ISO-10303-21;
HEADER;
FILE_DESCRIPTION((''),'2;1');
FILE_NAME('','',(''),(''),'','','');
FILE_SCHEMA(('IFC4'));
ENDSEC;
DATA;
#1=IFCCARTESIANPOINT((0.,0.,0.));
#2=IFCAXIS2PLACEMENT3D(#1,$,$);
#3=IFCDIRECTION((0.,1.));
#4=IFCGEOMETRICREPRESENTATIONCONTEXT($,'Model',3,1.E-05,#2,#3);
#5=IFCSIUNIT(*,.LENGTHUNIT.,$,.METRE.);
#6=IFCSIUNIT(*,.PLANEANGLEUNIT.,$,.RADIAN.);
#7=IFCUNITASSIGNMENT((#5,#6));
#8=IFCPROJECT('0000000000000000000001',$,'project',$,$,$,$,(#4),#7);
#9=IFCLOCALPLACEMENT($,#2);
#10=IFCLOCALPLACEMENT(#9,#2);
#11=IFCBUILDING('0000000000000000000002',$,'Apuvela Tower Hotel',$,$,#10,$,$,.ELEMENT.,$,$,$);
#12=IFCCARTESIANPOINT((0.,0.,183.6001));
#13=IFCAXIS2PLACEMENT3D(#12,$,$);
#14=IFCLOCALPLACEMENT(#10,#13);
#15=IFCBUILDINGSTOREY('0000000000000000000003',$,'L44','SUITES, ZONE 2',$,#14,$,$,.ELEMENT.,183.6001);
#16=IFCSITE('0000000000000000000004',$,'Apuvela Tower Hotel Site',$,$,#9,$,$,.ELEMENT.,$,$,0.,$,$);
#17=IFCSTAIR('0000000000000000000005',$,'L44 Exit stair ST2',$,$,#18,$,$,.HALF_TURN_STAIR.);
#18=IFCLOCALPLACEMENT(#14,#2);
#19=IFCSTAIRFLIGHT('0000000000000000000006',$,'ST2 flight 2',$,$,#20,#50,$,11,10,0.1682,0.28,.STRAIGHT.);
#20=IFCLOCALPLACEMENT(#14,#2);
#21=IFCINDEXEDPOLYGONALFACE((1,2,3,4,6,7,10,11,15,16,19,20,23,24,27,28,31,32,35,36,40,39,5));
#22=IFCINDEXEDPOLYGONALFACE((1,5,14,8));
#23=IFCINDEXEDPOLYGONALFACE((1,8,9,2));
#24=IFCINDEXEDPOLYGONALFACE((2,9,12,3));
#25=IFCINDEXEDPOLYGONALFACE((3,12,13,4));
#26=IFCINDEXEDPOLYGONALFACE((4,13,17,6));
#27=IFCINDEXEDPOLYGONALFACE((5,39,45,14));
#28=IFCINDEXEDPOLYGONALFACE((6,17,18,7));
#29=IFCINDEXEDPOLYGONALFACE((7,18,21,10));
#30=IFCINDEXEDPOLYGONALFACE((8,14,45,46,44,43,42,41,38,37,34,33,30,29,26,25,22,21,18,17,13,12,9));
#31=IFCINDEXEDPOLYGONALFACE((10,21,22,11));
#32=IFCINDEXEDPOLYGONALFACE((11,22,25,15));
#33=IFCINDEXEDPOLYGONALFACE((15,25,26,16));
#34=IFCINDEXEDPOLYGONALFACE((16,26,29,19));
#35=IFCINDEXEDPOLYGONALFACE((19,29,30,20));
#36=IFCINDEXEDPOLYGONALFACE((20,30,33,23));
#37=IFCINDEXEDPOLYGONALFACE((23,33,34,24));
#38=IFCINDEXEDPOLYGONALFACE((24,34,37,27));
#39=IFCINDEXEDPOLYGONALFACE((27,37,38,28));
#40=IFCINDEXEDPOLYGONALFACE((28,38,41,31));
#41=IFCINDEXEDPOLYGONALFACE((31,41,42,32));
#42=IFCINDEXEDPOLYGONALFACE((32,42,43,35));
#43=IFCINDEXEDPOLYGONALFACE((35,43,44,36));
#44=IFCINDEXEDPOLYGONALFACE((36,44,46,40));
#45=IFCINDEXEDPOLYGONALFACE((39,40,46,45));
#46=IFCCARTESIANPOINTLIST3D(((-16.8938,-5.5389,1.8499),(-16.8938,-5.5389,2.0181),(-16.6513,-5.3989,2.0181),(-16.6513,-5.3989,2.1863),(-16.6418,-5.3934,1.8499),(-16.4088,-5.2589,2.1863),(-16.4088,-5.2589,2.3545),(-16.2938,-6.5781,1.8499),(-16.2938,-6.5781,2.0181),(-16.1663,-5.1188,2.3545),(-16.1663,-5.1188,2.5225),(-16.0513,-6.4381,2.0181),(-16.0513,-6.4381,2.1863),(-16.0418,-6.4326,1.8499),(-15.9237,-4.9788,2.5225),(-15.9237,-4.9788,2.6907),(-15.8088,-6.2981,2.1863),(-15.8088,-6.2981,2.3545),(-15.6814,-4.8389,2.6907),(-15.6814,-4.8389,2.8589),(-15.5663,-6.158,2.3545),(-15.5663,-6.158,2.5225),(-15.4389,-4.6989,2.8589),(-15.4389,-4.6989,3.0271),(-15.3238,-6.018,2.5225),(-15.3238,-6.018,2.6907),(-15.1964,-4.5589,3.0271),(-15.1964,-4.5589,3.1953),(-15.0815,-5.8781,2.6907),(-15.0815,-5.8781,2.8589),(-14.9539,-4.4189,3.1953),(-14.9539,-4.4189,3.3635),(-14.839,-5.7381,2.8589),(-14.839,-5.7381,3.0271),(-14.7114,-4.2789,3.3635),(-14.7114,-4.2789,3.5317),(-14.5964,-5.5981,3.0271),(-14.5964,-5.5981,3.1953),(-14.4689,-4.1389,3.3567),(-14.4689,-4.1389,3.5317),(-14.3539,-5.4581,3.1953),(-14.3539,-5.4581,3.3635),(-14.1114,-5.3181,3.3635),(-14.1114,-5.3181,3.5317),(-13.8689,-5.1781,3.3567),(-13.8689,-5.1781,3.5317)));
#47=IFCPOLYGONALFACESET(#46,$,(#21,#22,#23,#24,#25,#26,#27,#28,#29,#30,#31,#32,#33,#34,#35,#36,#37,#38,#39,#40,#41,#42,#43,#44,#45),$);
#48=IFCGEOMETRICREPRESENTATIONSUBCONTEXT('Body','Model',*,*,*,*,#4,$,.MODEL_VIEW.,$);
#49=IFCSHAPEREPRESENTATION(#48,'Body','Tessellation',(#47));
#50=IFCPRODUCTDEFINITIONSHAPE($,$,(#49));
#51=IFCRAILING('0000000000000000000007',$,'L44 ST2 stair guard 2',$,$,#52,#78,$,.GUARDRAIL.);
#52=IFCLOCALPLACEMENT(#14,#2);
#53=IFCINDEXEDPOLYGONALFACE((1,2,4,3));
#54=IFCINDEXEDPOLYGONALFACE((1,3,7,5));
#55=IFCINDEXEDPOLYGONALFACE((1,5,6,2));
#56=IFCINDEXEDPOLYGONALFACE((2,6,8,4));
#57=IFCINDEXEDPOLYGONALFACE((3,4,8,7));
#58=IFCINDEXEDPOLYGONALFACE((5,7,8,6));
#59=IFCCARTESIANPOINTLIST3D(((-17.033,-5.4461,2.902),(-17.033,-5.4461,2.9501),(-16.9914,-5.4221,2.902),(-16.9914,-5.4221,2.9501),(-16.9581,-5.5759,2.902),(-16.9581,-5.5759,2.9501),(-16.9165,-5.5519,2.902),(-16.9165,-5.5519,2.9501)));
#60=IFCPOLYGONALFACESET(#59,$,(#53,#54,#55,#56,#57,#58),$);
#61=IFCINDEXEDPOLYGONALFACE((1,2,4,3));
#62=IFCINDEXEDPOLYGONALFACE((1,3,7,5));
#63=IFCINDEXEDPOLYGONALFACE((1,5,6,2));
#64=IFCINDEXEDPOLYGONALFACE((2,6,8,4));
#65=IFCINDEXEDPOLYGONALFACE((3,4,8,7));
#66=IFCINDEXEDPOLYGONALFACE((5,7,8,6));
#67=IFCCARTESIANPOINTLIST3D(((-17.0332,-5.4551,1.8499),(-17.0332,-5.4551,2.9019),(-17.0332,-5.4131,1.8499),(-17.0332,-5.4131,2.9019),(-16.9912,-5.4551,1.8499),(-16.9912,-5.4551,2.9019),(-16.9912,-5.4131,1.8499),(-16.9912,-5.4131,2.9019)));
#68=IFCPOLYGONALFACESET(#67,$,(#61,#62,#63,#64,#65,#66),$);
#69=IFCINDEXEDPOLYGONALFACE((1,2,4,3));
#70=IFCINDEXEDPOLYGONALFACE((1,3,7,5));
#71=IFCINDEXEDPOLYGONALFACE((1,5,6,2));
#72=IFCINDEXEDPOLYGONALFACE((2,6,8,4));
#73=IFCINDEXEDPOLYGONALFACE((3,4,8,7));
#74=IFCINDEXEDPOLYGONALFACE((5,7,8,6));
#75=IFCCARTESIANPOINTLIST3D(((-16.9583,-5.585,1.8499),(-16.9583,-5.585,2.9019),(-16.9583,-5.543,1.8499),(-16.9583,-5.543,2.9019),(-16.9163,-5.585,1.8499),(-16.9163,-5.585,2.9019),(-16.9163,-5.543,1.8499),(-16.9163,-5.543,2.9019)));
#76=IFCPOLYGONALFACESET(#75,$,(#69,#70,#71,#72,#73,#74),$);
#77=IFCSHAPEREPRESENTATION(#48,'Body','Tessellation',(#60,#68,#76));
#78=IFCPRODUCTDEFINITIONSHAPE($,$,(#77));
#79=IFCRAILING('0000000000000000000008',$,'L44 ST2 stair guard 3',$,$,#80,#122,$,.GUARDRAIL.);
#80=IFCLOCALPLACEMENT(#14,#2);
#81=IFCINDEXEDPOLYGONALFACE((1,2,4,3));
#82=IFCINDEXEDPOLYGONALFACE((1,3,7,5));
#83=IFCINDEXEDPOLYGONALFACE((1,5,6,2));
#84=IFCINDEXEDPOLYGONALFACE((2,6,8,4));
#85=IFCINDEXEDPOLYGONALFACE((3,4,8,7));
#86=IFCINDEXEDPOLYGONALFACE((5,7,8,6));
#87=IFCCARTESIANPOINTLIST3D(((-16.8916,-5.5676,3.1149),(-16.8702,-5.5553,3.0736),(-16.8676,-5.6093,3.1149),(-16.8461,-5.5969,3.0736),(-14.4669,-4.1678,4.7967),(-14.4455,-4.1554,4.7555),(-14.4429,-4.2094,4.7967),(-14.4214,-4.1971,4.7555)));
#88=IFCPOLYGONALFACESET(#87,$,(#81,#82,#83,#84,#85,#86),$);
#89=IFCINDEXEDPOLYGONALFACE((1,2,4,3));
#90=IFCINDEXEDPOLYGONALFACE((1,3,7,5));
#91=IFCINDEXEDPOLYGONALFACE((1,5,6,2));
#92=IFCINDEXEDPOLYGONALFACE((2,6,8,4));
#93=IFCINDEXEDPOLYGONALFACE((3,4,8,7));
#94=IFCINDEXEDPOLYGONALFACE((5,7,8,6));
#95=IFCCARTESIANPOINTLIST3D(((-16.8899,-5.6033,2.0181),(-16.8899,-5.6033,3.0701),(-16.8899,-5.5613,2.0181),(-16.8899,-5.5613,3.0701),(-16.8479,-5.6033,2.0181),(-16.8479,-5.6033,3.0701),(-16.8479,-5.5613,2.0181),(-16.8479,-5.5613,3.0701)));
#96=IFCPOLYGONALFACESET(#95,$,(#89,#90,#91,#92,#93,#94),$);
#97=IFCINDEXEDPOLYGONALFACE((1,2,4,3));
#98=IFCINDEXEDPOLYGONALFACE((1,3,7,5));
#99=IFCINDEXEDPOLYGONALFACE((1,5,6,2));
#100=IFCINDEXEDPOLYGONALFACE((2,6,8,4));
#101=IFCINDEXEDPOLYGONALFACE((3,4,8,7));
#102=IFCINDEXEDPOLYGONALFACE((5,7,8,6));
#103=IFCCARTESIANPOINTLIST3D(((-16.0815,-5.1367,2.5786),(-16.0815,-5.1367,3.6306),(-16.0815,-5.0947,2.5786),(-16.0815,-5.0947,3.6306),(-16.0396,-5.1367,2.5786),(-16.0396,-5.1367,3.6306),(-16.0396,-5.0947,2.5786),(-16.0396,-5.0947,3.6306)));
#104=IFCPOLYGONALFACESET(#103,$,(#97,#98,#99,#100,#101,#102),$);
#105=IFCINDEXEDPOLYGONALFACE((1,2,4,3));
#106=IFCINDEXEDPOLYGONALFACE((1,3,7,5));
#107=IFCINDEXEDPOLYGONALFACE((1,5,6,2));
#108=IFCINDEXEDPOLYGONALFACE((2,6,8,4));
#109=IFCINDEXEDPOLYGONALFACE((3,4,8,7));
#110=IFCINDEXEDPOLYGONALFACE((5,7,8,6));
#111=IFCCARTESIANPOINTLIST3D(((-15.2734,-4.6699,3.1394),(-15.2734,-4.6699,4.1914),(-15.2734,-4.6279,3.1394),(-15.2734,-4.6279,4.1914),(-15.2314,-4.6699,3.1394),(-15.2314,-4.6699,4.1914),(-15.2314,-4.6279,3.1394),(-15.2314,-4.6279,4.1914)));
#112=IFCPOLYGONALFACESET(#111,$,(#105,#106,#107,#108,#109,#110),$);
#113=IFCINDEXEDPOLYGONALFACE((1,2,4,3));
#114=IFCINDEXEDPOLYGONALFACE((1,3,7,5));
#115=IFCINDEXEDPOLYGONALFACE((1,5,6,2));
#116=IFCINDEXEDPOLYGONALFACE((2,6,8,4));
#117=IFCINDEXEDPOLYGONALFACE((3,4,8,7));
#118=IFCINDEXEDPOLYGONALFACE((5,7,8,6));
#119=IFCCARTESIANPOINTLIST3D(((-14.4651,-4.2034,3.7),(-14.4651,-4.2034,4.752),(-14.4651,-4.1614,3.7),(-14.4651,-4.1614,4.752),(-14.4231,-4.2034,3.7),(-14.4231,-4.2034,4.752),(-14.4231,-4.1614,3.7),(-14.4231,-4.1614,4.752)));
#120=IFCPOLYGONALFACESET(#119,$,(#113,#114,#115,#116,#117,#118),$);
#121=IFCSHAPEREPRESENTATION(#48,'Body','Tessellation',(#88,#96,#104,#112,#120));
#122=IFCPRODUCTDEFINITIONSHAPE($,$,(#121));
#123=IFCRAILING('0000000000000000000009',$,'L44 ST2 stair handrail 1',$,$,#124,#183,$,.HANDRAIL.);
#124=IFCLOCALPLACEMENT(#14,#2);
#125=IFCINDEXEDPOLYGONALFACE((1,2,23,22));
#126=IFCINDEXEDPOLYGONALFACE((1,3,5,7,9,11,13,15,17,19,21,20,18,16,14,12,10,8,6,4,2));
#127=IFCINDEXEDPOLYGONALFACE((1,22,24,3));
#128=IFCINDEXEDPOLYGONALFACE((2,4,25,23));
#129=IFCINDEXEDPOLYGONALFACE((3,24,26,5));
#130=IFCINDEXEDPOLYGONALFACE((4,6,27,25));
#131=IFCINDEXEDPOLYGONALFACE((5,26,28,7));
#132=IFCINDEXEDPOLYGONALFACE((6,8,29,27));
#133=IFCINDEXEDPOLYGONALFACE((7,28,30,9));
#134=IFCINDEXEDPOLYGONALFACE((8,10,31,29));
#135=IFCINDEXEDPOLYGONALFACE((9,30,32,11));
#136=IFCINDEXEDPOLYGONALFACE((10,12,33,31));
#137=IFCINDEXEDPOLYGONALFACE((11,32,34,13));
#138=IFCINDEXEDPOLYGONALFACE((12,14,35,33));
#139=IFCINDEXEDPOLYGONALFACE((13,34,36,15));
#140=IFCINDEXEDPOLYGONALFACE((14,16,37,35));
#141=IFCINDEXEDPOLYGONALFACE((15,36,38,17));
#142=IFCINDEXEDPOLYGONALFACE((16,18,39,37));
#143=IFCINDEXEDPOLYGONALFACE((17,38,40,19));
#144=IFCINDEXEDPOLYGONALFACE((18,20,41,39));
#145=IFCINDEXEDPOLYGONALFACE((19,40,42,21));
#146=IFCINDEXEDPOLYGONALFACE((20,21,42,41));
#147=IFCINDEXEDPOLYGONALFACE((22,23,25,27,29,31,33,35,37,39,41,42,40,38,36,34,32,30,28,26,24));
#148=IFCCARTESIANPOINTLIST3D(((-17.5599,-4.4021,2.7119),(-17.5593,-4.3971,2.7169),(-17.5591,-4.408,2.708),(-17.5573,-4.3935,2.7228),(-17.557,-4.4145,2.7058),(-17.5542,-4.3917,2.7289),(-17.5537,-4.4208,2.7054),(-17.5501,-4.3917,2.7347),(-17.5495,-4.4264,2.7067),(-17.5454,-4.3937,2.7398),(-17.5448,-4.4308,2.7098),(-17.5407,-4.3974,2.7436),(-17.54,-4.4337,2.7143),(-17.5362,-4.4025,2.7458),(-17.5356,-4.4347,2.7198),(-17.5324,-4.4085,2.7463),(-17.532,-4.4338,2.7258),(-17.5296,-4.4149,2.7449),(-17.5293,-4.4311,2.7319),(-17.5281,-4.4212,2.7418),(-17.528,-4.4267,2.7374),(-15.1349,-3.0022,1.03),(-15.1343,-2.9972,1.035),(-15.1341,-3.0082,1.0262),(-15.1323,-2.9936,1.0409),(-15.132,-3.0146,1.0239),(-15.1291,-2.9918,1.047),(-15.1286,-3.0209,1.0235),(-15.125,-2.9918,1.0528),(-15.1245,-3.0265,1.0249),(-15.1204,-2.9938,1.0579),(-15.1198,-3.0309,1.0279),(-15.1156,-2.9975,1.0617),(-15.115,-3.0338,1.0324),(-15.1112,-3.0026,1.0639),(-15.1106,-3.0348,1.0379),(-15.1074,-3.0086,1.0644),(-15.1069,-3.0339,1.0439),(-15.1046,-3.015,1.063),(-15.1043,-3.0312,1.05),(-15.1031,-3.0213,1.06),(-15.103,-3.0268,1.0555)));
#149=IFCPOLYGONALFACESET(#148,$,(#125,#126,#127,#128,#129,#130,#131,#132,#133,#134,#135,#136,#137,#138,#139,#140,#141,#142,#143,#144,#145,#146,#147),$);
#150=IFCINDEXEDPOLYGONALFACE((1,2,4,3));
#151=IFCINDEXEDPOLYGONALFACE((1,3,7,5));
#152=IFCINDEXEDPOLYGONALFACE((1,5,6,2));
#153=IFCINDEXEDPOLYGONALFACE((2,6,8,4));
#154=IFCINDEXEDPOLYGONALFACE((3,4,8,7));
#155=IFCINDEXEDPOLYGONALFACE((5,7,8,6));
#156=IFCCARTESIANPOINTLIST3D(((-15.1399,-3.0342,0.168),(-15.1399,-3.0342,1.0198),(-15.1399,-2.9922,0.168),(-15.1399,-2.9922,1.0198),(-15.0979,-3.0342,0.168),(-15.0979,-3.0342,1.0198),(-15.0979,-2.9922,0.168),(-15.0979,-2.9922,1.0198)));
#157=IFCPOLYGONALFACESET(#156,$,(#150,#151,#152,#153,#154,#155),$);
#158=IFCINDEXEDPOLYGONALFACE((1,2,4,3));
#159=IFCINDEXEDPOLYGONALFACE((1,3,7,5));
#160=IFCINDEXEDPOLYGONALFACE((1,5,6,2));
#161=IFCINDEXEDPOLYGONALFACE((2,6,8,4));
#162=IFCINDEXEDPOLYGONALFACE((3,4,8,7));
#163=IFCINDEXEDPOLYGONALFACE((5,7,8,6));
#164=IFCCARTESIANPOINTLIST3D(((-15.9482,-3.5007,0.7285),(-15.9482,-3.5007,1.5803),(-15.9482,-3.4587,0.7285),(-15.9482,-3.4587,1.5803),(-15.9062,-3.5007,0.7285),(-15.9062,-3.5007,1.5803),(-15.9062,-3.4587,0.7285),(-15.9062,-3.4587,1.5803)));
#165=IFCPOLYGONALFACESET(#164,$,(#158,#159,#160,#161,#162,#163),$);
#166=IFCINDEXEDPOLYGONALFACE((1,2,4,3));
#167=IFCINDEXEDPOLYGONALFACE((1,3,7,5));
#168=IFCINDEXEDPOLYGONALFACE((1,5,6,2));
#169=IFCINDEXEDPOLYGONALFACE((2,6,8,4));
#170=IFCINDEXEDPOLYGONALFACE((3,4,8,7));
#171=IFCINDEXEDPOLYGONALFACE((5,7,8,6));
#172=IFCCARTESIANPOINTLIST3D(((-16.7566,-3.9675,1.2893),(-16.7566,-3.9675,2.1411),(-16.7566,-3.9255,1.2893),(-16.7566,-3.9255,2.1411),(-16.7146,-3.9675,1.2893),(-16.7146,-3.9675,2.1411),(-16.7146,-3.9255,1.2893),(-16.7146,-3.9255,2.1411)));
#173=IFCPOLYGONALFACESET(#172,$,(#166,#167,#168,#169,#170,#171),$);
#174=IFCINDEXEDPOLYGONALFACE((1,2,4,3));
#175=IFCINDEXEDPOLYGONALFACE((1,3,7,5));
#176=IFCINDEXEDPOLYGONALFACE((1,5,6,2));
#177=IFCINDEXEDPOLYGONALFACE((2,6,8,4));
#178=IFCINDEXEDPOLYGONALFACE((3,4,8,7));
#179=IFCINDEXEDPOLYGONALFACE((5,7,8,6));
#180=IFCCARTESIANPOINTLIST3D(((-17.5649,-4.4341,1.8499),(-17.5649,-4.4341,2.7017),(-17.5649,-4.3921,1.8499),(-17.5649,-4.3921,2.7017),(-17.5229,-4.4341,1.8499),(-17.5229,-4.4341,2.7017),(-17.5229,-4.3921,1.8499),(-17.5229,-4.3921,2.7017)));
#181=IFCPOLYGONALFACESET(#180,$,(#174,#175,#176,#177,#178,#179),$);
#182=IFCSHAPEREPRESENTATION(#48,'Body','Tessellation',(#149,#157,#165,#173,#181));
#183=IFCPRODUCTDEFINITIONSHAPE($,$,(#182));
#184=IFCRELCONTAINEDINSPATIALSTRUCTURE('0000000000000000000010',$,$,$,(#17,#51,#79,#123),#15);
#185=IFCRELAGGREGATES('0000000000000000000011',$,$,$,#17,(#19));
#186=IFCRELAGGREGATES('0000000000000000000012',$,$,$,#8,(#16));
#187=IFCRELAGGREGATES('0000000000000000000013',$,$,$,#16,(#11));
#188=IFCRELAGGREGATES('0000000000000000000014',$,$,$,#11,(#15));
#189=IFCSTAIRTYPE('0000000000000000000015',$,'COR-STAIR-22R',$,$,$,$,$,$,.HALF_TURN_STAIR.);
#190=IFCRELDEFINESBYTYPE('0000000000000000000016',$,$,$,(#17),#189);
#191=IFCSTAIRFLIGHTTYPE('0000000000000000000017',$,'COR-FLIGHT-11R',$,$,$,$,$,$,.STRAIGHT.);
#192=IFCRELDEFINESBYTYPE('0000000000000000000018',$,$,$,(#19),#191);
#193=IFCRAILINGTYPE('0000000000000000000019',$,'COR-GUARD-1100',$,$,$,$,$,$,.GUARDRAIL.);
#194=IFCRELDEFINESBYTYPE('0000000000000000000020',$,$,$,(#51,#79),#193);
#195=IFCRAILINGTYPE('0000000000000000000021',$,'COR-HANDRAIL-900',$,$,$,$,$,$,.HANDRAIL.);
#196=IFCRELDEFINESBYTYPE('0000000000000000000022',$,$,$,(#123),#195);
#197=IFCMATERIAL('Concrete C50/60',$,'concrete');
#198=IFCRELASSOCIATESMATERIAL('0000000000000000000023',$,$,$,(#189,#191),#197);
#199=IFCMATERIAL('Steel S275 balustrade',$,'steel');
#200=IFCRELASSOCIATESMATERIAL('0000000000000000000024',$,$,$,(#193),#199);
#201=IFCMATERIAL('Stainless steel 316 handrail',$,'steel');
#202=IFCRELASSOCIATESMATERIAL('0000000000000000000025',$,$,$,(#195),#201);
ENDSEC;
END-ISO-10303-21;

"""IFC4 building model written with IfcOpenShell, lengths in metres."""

from ifc_helpers import new_model, si_unit, direction, frame, origin, origin_2d, place, context, subcontext, project, spatial, polyline, rectangle, circle, outline, extrude, material, type_object, element, aggregate, save


model = new_model("IFC4")

# Units and contexts
model_context = context("Model", 3, precision=1e-05, world=origin(), true_north=direction((0.0, 1.0)))
body_context = subcontext(model_context, "Body", "Model", "MODEL_VIEW")
ifc_project = project(units=[si_unit("LENGTHUNIT", "METRE"), si_unit("PLANEANGLEUNIT", "RADIAN")], contexts=[model_context])

# Site, building, storey
site_placement = place(None, origin())
site = spatial("IfcSite", under=ifc_project, at=site_placement, Name="Apuvela Tower Hotel Site", CompositionType="ELEMENT", RefElevation=0.0)
building_placement = place(site_placement, origin())
building = spatial("IfcBuilding", under=site, at=building_placement, Name="Apuvela Tower Hotel", CompositionType="ELEMENT")
storey_placement = place(building_placement, frame((0.0, 0.0, 183.6001)))
storey = spatial("IfcBuildingStorey", under=building, at=storey_placement, Name="L44", Description="SUITES, ZONE 2", CompositionType="ELEMENT", Elevation=183.6001)

# Shared definitions
ifc_material_1 = material(Name="Concrete C50/60", Category="concrete")

# Stair, stair flight
stair_type = type_object("IfcStairType", Name="COR-STAIR-22R", PredefinedType="HALF_TURN_STAIR", material=ifc_material_1)
stair_placement = place(storey_placement, origin())
stair = element("IfcStair", 1, at=stair_placement, inside=storey, type_object=stair_type, Name="L44 Exit stair ST2", PredefinedType="HALF_TURN_STAIR")
stair_flight_type = type_object("IfcStairFlightType", Name="COR-FLIGHT-11R", PredefinedType="STRAIGHT", material=ifc_material_1)
stair_flight_1_placement = place(storey_placement, frame((-16.5938, -6.0586, 1.8499), z_axis=(0.0, 0.0, 1.0), x_axis=(0.866025, 0.5, 0.0)))
stair_flight_1 = element("IfcStairFlight", 2, at=stair_flight_1_placement, type_object=stair_flight_type, Name="ST2 flight 2", NumberOfRisers=11, NumberOfTreads=10, PredefinedType="STRAIGHT", RiserHeight=0.1682, TreadLength=0.28, context=body_context, shape_type="SweptSolid", body=[
    extrude(outline(polyline([(0.0, 0.0), (0.0, 0.1682), (0.28, 0.1682), (0.28, 0.3364), (0.5601, 0.3364), (0.5601, 0.5046), (0.8401, 0.5046), (0.8401, 0.6726), (1.1201, 0.6726), (1.1201, 0.8408), (1.3999, 0.8408), (1.3999, 1.009), (1.6799, 1.009), (1.6799, 1.1772), (1.96, 1.1772), (1.96, 1.3455), (2.24, 1.3455), (2.24, 1.5137), (2.52, 1.5137), (2.52, 1.6819), (2.8, 1.6819), (2.8, 1.8501), (2.8, 1.5068), (0.291, 0.0), (0.0, 0.0)])), frame((0.0, 0.6001, 0.0), z_axis=(0.0, -1.0, 0.0), x_axis=(1.0, 0.0, 0.0)), (0.0, 0.0, 1.0), 1.2),
])
aggregate(stair, [stair_flight_1])

# Railings
ifc_material_2 = material(Name="Steel S275 balustrade", Category="steel")
railing_type_1 = type_object("IfcRailingType", Name="COR-GUARD-1100", PredefinedType="GUARDRAIL", material=ifc_material_2)
railing_1_placement = place(storey_placement, frame((-17.0122, -5.4341, 1.8499)))
element("IfcRailing", 3, at=railing_1_placement, inside=storey, type_object=railing_type_1, Name="L44 ST2 stair guard 2", PredefinedType="GUARDRAIL", context=body_context, shape_type="SweptSolid", body=[
    extrude(rectangle(XDim=0.0481, YDim=0.0481, at=origin_2d()), frame((0.0, 0.0, 1.0762), z_axis=(0.499816, -0.866131, 0.0), x_axis=(0.866131, 0.499816, 0.0)), (0.0, 0.0, 1.0), 0.1499),
    extrude(rectangle(XDim=0.042, YDim=0.042, at=origin_2d()), origin(), (0.0, 0.0, 1.0), 1.052),
    extrude(rectangle(XDim=0.042, YDim=0.042, at=origin_2d()), frame((0.075, -0.1299, 0.0)), (0.0, 0.0, 1.0), 1.052),
])
railing_2_placement = place(storey_placement, frame((-16.8689, -5.5823, 2.0181)))
element("IfcRailing", 4, at=railing_2_placement, inside=storey, type_object=railing_type_1, Name="L44 ST2 stair guard 3", PredefinedType="GUARDRAIL", context=body_context, shape_type="SweptSolid", body=[
    extrude(rectangle(XDim=0.0481, YDim=0.0481, at=origin_2d()), frame((0.0, 0.0, 1.0762), z_axis=(0.74239, 0.428601, 0.514934), x_axis=(-0.499984, 0.866035, 0.0)), (0.0, 0.0, 1.0), 3.2661),
    extrude(rectangle(XDim=0.042, YDim=0.042, at=origin_2d()), origin(), (0.0, 0.0, 1.0), 1.052),
    extrude(rectangle(XDim=0.042, YDim=0.042, at=origin_2d()), frame((0.8083, 0.4666, 0.5605)), (0.0, 0.0, 1.0), 1.052),
    extrude(rectangle(XDim=0.042, YDim=0.042, at=origin_2d()), frame((1.6165, 0.9333, 1.1213)), (0.0, 0.0, 1.0), 1.052),
    extrude(rectangle(XDim=0.042, YDim=0.042, at=origin_2d()), frame((2.4248, 1.3999, 1.6819)), (0.0, 0.0, 1.0), 1.052),
])
ifc_material_3 = material(Name="Stainless steel 316 handrail", Category="steel")
railing_type_2 = type_object("IfcRailingType", Name="COR-HANDRAIL-900", PredefinedType="HANDRAIL", material=ifc_material_3)
railing_3_placement = place(storey_placement, frame((-15.1189, -3.0132, 0.168)))
element("IfcRailing", 5, at=railing_3_placement, inside=storey, type_object=railing_type_2, Name="L44 ST2 stair handrail 1", PredefinedType="HANDRAIL", context=body_context, shape_type="SweptSolid", body=[
    extrude(circle(Radius=0.0239, at=origin_2d()), frame((0.0, 0.0, 0.876), z_axis=(-0.742424, -0.428577, 0.514906), x_axis=(0.499946, -0.866056, 0.0)), (0.0, 0.0, 1.0), 3.2664),
    extrude(rectangle(XDim=0.042, YDim=0.042, at=origin_2d()), origin(), (0.0, 0.0, 1.0), 0.8518),
    extrude(rectangle(XDim=0.042, YDim=0.042, at=origin_2d()), frame((-0.8083, -0.4666, 0.5605)), (0.0, 0.0, 1.0), 0.8518),
    extrude(rectangle(XDim=0.042, YDim=0.042, at=origin_2d()), frame((-1.6167, -0.9333, 1.1213)), (0.0, 0.0, 1.0), 0.8518),
    extrude(rectangle(XDim=0.042, YDim=0.042, at=origin_2d()), frame((-2.425, -1.3999, 1.6819)), (0.0, 0.0, 1.0), 0.8518),
])

save(model, "model.ifc")
